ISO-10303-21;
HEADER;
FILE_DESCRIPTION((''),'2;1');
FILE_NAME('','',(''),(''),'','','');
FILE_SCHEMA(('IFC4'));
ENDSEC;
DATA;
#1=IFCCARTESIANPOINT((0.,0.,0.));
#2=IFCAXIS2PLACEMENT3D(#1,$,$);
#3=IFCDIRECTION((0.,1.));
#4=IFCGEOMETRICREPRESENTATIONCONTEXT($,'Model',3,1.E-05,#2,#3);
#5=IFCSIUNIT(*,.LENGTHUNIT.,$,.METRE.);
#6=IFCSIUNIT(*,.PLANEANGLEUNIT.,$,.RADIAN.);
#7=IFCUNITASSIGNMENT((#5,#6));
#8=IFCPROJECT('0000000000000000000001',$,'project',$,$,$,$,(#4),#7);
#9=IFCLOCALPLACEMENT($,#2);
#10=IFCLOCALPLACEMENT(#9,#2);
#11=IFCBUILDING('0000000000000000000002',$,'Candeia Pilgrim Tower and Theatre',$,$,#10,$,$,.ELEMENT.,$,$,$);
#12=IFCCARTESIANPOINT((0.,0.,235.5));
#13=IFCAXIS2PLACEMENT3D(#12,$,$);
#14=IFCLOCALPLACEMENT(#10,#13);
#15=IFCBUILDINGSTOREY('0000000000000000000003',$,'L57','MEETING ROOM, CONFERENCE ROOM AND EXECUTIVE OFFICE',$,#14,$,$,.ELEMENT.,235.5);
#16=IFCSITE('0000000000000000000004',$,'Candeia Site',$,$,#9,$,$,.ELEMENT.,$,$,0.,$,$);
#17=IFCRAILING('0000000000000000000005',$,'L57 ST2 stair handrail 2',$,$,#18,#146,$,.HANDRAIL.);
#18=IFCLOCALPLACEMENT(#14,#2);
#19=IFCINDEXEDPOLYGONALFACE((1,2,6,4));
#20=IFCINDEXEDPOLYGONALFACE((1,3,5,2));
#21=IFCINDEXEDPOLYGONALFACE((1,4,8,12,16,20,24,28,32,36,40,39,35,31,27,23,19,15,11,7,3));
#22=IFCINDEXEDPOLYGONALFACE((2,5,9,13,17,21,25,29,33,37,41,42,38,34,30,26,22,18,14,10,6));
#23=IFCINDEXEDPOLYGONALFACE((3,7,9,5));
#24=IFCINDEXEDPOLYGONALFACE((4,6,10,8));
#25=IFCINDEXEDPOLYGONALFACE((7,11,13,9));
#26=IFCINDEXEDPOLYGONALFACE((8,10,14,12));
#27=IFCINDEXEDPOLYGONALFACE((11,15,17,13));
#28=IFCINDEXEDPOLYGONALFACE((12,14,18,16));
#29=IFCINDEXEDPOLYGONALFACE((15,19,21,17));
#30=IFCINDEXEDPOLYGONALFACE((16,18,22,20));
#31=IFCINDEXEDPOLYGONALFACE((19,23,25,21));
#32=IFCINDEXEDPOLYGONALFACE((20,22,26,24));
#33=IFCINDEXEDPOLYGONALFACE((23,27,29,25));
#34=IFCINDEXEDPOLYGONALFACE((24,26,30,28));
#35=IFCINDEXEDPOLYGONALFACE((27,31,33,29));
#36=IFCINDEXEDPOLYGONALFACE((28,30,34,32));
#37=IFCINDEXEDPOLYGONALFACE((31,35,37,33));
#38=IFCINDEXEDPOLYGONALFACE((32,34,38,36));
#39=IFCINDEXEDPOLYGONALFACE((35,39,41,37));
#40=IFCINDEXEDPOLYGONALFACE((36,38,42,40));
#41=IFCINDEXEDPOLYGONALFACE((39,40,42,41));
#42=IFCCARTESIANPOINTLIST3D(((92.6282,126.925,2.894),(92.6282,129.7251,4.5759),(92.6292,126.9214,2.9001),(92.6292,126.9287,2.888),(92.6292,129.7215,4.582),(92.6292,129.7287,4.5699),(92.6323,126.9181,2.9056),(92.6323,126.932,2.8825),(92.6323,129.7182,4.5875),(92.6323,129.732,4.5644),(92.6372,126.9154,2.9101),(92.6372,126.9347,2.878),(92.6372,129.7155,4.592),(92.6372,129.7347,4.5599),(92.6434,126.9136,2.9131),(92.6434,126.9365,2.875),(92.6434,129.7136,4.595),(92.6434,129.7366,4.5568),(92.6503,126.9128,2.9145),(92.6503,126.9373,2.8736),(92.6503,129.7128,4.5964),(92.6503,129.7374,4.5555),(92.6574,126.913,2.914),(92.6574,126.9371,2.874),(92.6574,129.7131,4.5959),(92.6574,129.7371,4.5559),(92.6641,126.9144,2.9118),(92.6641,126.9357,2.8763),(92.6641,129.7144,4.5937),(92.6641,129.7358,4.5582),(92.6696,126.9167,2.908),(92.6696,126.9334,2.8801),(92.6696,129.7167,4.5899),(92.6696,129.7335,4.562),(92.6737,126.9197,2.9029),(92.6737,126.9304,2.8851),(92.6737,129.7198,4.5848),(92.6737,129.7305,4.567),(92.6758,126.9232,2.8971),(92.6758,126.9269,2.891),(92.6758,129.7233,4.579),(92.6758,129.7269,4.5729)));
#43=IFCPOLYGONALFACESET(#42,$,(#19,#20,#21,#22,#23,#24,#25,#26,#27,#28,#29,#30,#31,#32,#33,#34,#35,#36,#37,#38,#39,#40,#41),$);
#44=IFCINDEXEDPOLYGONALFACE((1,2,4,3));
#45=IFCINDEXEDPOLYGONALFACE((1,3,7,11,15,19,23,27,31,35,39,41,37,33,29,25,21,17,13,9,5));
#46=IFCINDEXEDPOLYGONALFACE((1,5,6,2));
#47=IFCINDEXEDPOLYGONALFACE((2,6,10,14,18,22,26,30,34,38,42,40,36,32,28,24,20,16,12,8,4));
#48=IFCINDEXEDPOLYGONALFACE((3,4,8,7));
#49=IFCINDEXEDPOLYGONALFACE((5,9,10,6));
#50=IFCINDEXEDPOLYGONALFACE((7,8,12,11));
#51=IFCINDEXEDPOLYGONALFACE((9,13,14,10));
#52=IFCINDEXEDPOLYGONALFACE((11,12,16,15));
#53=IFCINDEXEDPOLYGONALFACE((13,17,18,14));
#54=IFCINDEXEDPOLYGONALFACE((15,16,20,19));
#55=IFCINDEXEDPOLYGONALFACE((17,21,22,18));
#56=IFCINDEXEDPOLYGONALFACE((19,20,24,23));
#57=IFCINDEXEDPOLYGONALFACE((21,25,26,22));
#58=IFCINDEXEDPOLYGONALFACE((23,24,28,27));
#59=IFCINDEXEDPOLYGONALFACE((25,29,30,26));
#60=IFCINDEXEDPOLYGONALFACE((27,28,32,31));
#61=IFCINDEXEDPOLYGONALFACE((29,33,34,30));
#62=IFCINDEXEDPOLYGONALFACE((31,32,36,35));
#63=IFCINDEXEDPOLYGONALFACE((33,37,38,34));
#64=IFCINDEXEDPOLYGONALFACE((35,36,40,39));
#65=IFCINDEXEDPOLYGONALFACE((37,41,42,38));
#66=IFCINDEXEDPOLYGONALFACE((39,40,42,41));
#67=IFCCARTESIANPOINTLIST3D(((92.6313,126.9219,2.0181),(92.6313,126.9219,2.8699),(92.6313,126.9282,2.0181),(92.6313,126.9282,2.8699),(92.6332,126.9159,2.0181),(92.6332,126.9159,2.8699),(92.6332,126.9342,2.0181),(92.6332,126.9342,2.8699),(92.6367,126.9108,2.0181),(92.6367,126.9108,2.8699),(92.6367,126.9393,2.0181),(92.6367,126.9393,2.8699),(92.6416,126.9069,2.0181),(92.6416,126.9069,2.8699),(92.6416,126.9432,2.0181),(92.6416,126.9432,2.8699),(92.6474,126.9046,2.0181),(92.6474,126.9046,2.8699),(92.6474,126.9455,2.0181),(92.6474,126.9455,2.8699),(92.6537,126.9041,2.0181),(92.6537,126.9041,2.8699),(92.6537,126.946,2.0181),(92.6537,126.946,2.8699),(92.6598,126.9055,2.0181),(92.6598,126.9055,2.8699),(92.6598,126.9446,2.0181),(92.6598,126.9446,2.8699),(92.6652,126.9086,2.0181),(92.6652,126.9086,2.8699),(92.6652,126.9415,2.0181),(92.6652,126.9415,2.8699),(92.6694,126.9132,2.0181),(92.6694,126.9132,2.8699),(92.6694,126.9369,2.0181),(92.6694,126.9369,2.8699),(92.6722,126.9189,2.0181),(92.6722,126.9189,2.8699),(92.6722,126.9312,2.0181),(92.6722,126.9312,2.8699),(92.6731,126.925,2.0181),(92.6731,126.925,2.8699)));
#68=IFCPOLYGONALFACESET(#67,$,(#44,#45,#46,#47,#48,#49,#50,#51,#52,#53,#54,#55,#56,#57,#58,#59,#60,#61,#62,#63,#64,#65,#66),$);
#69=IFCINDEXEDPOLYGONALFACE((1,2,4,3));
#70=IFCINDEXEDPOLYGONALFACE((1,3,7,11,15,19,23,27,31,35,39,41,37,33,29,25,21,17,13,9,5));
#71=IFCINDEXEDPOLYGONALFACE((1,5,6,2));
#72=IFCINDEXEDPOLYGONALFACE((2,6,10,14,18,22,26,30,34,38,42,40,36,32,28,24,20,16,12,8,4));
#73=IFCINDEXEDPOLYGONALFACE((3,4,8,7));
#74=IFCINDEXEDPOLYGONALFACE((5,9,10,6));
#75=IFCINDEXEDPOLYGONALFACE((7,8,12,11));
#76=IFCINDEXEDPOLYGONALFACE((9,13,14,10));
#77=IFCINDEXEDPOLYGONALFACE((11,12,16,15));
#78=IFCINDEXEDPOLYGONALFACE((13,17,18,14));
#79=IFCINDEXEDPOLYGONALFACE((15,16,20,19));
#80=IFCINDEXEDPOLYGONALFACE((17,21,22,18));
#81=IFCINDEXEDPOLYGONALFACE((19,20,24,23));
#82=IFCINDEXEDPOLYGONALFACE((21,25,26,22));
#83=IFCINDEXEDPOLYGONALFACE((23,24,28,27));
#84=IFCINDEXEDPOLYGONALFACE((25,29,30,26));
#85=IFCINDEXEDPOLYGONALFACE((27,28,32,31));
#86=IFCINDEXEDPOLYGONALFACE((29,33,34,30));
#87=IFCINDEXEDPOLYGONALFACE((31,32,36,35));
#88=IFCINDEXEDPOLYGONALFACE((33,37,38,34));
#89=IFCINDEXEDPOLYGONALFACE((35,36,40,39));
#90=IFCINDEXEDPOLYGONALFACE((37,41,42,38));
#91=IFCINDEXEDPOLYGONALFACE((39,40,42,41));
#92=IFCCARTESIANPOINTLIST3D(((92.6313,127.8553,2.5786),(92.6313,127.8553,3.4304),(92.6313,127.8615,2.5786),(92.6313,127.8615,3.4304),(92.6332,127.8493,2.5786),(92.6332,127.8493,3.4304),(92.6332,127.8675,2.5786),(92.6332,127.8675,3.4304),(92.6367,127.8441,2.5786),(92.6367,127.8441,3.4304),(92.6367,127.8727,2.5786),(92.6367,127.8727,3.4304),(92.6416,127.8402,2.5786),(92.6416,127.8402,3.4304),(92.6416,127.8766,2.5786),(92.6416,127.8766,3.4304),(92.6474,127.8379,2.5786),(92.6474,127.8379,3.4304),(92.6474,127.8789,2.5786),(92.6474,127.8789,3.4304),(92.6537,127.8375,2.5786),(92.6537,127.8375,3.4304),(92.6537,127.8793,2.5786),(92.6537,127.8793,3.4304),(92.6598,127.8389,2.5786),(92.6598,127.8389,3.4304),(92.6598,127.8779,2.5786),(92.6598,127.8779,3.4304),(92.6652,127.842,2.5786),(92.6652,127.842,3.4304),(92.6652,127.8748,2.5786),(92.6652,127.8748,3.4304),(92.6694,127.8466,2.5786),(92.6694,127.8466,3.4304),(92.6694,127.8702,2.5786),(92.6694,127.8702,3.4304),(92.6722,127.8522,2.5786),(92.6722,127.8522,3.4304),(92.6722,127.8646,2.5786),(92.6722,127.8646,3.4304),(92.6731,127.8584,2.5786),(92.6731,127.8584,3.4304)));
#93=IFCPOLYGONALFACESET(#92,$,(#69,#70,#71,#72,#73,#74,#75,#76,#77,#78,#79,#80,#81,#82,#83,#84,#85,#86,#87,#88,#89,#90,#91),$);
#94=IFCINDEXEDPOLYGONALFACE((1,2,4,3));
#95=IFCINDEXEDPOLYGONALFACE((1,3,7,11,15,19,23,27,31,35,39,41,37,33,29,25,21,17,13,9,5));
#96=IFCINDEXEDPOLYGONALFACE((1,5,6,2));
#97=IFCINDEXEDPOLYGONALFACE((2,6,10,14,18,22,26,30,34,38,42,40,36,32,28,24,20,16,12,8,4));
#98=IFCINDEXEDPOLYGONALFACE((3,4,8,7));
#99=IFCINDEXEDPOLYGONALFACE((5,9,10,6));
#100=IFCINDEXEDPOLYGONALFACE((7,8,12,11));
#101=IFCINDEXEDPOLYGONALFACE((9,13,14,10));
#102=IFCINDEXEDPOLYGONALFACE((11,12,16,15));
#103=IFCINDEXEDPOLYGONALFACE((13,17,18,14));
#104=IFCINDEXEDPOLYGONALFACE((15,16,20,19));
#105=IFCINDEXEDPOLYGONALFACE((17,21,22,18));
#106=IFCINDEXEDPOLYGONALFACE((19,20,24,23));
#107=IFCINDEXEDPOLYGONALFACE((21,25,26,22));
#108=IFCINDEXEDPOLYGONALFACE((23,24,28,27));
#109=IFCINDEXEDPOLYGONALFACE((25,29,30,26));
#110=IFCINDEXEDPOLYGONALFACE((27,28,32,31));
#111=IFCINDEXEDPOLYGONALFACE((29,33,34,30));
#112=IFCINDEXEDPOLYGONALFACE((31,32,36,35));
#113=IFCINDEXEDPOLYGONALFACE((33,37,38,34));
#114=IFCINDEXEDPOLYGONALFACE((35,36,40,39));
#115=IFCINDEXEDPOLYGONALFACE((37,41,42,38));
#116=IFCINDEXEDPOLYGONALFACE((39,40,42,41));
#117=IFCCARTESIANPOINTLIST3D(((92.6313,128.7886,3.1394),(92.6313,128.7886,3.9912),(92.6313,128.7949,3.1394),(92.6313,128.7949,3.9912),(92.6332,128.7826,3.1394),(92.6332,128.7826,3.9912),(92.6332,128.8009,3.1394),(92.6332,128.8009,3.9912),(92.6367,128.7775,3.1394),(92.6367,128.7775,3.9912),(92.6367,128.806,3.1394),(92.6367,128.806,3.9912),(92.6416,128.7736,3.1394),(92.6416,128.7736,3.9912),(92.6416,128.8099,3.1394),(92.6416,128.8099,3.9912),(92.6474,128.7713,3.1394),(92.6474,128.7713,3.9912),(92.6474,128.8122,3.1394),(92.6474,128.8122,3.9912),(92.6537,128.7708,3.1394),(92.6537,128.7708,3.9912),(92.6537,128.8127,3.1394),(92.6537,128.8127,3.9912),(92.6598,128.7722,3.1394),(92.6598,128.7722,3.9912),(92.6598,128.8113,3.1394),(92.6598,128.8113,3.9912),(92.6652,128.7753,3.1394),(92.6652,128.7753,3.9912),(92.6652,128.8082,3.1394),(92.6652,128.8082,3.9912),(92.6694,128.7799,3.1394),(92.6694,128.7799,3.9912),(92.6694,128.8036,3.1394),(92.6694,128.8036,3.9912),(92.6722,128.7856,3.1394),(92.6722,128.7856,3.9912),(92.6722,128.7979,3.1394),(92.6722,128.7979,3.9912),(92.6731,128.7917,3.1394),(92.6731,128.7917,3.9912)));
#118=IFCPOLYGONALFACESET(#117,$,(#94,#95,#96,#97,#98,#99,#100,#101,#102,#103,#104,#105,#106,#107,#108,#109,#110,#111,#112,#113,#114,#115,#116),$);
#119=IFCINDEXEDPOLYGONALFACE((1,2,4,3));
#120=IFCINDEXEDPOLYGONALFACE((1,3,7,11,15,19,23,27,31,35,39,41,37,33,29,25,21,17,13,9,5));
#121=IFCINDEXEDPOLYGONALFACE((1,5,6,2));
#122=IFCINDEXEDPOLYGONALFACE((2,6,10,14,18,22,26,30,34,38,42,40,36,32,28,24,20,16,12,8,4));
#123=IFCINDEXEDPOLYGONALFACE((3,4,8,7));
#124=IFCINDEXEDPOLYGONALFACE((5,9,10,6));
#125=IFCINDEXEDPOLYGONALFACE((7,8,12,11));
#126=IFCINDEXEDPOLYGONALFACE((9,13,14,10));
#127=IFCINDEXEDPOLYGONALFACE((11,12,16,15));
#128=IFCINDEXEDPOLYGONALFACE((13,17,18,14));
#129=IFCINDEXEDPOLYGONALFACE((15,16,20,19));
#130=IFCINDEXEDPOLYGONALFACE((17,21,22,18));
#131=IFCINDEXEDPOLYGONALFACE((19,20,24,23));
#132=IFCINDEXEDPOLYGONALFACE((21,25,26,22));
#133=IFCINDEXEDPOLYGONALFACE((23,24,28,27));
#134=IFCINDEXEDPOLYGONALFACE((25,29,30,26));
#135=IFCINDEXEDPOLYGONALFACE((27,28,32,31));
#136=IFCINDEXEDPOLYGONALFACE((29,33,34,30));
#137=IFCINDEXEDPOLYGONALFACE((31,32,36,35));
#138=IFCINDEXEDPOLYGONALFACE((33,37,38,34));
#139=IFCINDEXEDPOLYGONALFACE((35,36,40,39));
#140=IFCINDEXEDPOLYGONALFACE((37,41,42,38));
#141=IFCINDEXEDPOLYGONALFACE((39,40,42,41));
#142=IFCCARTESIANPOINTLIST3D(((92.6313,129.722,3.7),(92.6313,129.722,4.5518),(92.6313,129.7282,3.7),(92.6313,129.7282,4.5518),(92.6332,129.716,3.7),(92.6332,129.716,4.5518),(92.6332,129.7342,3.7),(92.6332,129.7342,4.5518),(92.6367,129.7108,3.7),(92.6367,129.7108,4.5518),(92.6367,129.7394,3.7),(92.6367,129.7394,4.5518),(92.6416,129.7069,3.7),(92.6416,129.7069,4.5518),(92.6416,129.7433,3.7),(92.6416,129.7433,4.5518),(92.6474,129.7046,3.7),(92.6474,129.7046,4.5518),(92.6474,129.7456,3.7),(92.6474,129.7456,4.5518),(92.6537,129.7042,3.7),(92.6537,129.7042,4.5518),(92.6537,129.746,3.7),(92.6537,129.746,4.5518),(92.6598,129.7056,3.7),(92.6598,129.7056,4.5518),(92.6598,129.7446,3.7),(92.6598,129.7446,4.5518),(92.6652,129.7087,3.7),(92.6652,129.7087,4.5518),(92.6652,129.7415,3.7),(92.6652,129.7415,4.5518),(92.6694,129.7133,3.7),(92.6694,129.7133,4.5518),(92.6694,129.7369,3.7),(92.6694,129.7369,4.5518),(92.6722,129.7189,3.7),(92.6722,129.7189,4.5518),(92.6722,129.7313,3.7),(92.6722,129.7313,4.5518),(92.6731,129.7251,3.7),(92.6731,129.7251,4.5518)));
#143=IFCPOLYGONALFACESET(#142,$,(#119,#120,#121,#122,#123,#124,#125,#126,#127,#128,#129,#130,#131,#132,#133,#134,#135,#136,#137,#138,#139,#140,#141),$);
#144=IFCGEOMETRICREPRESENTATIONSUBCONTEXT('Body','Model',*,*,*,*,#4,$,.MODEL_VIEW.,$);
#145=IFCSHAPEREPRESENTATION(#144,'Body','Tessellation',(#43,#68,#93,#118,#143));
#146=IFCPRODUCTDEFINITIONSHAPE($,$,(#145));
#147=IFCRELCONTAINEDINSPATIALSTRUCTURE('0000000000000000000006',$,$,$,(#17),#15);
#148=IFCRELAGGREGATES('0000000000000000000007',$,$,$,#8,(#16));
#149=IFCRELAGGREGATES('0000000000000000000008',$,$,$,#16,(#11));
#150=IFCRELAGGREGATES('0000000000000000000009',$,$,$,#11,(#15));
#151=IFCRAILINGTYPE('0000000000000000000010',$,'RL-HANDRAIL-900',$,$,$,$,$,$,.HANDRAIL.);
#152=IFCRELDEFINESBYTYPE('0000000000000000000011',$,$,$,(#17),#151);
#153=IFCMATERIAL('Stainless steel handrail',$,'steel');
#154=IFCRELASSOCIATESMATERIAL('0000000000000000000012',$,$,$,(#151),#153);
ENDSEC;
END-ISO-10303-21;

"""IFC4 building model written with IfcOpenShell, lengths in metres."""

from ifc_helpers import new_model, si_unit, direction, frame, origin, origin_2d, place, context, subcontext, project, spatial, circle, extrude, material, type_object, element, save


model = new_model("IFC4")

# Units and contexts
model_context = context("Model", 3, precision=1e-05, world=origin(), true_north=direction((0.0, 1.0)))
body_context = subcontext(model_context, "Body", "Model", "MODEL_VIEW")
ifc_project = project(units=[si_unit("LENGTHUNIT", "METRE"), si_unit("PLANEANGLEUNIT", "RADIAN")], contexts=[model_context])

# Site, building, storey
site_placement = place(None, origin())
site = spatial("IfcSite", under=ifc_project, at=site_placement, Name="Candeia Site", CompositionType="ELEMENT", RefElevation=0.0)
building_placement = place(site_placement, origin())
building = spatial("IfcBuilding", under=site, at=building_placement, Name="Candeia Pilgrim Tower and Theatre", CompositionType="ELEMENT")
storey_placement = place(building_placement, frame((0.0, 0.0, 235.5)))
storey = spatial("IfcBuildingStorey", under=building, at=storey_placement, Name="L57", Description="MEETING ROOM, CONFERENCE ROOM AND EXECUTIVE OFFICE", CompositionType="ELEMENT", Elevation=235.5)

# Railing
ifc_material_1 = material(Name="Stainless steel handrail", Category="steel")
railing_type = type_object("IfcRailingType", Name="RL-HANDRAIL-900", PredefinedType="HANDRAIL", material=ifc_material_1)
for number, where, name in (
    (1, (92.6521, 126.925, 2.0181), "L57 ST2 stair handrail 2"),
):
    element("IfcRailing", number, at=place(storey_placement, frame(where)), inside=storey, type_object=railing_type, Name=name, PredefinedType="HANDRAIL", context=body_context, shape_type="SweptSolid", body=[
        extrude(circle(Radius=0.0239, at=origin_2d()), frame((0.0, 0.0, 0.876), z_axis=(0.0, 0.857242, 0.514913), x_axis=(-1.0, 0.0, 0.0)), (0.0, 0.0, 1.0), 3.2664),
        extrude(circle(Radius=0.021, at=origin_2d()), origin(), (0.0, 0.0, 1.0), 0.8518),
        extrude(circle(Radius=0.021, at=origin_2d()), frame((0.0, 0.9333, 0.5605)), (0.0, 0.0, 1.0), 0.8518),
        extrude(circle(Radius=0.021, at=origin_2d()), frame((0.0, 1.8667, 1.1213)), (0.0, 0.0, 1.0), 0.8518),
        extrude(circle(Radius=0.021, at=origin_2d()), frame((0.0, 2.8, 1.6819)), (0.0, 0.0, 1.0), 0.8518),
    ])

save(model, "model.ifc")
